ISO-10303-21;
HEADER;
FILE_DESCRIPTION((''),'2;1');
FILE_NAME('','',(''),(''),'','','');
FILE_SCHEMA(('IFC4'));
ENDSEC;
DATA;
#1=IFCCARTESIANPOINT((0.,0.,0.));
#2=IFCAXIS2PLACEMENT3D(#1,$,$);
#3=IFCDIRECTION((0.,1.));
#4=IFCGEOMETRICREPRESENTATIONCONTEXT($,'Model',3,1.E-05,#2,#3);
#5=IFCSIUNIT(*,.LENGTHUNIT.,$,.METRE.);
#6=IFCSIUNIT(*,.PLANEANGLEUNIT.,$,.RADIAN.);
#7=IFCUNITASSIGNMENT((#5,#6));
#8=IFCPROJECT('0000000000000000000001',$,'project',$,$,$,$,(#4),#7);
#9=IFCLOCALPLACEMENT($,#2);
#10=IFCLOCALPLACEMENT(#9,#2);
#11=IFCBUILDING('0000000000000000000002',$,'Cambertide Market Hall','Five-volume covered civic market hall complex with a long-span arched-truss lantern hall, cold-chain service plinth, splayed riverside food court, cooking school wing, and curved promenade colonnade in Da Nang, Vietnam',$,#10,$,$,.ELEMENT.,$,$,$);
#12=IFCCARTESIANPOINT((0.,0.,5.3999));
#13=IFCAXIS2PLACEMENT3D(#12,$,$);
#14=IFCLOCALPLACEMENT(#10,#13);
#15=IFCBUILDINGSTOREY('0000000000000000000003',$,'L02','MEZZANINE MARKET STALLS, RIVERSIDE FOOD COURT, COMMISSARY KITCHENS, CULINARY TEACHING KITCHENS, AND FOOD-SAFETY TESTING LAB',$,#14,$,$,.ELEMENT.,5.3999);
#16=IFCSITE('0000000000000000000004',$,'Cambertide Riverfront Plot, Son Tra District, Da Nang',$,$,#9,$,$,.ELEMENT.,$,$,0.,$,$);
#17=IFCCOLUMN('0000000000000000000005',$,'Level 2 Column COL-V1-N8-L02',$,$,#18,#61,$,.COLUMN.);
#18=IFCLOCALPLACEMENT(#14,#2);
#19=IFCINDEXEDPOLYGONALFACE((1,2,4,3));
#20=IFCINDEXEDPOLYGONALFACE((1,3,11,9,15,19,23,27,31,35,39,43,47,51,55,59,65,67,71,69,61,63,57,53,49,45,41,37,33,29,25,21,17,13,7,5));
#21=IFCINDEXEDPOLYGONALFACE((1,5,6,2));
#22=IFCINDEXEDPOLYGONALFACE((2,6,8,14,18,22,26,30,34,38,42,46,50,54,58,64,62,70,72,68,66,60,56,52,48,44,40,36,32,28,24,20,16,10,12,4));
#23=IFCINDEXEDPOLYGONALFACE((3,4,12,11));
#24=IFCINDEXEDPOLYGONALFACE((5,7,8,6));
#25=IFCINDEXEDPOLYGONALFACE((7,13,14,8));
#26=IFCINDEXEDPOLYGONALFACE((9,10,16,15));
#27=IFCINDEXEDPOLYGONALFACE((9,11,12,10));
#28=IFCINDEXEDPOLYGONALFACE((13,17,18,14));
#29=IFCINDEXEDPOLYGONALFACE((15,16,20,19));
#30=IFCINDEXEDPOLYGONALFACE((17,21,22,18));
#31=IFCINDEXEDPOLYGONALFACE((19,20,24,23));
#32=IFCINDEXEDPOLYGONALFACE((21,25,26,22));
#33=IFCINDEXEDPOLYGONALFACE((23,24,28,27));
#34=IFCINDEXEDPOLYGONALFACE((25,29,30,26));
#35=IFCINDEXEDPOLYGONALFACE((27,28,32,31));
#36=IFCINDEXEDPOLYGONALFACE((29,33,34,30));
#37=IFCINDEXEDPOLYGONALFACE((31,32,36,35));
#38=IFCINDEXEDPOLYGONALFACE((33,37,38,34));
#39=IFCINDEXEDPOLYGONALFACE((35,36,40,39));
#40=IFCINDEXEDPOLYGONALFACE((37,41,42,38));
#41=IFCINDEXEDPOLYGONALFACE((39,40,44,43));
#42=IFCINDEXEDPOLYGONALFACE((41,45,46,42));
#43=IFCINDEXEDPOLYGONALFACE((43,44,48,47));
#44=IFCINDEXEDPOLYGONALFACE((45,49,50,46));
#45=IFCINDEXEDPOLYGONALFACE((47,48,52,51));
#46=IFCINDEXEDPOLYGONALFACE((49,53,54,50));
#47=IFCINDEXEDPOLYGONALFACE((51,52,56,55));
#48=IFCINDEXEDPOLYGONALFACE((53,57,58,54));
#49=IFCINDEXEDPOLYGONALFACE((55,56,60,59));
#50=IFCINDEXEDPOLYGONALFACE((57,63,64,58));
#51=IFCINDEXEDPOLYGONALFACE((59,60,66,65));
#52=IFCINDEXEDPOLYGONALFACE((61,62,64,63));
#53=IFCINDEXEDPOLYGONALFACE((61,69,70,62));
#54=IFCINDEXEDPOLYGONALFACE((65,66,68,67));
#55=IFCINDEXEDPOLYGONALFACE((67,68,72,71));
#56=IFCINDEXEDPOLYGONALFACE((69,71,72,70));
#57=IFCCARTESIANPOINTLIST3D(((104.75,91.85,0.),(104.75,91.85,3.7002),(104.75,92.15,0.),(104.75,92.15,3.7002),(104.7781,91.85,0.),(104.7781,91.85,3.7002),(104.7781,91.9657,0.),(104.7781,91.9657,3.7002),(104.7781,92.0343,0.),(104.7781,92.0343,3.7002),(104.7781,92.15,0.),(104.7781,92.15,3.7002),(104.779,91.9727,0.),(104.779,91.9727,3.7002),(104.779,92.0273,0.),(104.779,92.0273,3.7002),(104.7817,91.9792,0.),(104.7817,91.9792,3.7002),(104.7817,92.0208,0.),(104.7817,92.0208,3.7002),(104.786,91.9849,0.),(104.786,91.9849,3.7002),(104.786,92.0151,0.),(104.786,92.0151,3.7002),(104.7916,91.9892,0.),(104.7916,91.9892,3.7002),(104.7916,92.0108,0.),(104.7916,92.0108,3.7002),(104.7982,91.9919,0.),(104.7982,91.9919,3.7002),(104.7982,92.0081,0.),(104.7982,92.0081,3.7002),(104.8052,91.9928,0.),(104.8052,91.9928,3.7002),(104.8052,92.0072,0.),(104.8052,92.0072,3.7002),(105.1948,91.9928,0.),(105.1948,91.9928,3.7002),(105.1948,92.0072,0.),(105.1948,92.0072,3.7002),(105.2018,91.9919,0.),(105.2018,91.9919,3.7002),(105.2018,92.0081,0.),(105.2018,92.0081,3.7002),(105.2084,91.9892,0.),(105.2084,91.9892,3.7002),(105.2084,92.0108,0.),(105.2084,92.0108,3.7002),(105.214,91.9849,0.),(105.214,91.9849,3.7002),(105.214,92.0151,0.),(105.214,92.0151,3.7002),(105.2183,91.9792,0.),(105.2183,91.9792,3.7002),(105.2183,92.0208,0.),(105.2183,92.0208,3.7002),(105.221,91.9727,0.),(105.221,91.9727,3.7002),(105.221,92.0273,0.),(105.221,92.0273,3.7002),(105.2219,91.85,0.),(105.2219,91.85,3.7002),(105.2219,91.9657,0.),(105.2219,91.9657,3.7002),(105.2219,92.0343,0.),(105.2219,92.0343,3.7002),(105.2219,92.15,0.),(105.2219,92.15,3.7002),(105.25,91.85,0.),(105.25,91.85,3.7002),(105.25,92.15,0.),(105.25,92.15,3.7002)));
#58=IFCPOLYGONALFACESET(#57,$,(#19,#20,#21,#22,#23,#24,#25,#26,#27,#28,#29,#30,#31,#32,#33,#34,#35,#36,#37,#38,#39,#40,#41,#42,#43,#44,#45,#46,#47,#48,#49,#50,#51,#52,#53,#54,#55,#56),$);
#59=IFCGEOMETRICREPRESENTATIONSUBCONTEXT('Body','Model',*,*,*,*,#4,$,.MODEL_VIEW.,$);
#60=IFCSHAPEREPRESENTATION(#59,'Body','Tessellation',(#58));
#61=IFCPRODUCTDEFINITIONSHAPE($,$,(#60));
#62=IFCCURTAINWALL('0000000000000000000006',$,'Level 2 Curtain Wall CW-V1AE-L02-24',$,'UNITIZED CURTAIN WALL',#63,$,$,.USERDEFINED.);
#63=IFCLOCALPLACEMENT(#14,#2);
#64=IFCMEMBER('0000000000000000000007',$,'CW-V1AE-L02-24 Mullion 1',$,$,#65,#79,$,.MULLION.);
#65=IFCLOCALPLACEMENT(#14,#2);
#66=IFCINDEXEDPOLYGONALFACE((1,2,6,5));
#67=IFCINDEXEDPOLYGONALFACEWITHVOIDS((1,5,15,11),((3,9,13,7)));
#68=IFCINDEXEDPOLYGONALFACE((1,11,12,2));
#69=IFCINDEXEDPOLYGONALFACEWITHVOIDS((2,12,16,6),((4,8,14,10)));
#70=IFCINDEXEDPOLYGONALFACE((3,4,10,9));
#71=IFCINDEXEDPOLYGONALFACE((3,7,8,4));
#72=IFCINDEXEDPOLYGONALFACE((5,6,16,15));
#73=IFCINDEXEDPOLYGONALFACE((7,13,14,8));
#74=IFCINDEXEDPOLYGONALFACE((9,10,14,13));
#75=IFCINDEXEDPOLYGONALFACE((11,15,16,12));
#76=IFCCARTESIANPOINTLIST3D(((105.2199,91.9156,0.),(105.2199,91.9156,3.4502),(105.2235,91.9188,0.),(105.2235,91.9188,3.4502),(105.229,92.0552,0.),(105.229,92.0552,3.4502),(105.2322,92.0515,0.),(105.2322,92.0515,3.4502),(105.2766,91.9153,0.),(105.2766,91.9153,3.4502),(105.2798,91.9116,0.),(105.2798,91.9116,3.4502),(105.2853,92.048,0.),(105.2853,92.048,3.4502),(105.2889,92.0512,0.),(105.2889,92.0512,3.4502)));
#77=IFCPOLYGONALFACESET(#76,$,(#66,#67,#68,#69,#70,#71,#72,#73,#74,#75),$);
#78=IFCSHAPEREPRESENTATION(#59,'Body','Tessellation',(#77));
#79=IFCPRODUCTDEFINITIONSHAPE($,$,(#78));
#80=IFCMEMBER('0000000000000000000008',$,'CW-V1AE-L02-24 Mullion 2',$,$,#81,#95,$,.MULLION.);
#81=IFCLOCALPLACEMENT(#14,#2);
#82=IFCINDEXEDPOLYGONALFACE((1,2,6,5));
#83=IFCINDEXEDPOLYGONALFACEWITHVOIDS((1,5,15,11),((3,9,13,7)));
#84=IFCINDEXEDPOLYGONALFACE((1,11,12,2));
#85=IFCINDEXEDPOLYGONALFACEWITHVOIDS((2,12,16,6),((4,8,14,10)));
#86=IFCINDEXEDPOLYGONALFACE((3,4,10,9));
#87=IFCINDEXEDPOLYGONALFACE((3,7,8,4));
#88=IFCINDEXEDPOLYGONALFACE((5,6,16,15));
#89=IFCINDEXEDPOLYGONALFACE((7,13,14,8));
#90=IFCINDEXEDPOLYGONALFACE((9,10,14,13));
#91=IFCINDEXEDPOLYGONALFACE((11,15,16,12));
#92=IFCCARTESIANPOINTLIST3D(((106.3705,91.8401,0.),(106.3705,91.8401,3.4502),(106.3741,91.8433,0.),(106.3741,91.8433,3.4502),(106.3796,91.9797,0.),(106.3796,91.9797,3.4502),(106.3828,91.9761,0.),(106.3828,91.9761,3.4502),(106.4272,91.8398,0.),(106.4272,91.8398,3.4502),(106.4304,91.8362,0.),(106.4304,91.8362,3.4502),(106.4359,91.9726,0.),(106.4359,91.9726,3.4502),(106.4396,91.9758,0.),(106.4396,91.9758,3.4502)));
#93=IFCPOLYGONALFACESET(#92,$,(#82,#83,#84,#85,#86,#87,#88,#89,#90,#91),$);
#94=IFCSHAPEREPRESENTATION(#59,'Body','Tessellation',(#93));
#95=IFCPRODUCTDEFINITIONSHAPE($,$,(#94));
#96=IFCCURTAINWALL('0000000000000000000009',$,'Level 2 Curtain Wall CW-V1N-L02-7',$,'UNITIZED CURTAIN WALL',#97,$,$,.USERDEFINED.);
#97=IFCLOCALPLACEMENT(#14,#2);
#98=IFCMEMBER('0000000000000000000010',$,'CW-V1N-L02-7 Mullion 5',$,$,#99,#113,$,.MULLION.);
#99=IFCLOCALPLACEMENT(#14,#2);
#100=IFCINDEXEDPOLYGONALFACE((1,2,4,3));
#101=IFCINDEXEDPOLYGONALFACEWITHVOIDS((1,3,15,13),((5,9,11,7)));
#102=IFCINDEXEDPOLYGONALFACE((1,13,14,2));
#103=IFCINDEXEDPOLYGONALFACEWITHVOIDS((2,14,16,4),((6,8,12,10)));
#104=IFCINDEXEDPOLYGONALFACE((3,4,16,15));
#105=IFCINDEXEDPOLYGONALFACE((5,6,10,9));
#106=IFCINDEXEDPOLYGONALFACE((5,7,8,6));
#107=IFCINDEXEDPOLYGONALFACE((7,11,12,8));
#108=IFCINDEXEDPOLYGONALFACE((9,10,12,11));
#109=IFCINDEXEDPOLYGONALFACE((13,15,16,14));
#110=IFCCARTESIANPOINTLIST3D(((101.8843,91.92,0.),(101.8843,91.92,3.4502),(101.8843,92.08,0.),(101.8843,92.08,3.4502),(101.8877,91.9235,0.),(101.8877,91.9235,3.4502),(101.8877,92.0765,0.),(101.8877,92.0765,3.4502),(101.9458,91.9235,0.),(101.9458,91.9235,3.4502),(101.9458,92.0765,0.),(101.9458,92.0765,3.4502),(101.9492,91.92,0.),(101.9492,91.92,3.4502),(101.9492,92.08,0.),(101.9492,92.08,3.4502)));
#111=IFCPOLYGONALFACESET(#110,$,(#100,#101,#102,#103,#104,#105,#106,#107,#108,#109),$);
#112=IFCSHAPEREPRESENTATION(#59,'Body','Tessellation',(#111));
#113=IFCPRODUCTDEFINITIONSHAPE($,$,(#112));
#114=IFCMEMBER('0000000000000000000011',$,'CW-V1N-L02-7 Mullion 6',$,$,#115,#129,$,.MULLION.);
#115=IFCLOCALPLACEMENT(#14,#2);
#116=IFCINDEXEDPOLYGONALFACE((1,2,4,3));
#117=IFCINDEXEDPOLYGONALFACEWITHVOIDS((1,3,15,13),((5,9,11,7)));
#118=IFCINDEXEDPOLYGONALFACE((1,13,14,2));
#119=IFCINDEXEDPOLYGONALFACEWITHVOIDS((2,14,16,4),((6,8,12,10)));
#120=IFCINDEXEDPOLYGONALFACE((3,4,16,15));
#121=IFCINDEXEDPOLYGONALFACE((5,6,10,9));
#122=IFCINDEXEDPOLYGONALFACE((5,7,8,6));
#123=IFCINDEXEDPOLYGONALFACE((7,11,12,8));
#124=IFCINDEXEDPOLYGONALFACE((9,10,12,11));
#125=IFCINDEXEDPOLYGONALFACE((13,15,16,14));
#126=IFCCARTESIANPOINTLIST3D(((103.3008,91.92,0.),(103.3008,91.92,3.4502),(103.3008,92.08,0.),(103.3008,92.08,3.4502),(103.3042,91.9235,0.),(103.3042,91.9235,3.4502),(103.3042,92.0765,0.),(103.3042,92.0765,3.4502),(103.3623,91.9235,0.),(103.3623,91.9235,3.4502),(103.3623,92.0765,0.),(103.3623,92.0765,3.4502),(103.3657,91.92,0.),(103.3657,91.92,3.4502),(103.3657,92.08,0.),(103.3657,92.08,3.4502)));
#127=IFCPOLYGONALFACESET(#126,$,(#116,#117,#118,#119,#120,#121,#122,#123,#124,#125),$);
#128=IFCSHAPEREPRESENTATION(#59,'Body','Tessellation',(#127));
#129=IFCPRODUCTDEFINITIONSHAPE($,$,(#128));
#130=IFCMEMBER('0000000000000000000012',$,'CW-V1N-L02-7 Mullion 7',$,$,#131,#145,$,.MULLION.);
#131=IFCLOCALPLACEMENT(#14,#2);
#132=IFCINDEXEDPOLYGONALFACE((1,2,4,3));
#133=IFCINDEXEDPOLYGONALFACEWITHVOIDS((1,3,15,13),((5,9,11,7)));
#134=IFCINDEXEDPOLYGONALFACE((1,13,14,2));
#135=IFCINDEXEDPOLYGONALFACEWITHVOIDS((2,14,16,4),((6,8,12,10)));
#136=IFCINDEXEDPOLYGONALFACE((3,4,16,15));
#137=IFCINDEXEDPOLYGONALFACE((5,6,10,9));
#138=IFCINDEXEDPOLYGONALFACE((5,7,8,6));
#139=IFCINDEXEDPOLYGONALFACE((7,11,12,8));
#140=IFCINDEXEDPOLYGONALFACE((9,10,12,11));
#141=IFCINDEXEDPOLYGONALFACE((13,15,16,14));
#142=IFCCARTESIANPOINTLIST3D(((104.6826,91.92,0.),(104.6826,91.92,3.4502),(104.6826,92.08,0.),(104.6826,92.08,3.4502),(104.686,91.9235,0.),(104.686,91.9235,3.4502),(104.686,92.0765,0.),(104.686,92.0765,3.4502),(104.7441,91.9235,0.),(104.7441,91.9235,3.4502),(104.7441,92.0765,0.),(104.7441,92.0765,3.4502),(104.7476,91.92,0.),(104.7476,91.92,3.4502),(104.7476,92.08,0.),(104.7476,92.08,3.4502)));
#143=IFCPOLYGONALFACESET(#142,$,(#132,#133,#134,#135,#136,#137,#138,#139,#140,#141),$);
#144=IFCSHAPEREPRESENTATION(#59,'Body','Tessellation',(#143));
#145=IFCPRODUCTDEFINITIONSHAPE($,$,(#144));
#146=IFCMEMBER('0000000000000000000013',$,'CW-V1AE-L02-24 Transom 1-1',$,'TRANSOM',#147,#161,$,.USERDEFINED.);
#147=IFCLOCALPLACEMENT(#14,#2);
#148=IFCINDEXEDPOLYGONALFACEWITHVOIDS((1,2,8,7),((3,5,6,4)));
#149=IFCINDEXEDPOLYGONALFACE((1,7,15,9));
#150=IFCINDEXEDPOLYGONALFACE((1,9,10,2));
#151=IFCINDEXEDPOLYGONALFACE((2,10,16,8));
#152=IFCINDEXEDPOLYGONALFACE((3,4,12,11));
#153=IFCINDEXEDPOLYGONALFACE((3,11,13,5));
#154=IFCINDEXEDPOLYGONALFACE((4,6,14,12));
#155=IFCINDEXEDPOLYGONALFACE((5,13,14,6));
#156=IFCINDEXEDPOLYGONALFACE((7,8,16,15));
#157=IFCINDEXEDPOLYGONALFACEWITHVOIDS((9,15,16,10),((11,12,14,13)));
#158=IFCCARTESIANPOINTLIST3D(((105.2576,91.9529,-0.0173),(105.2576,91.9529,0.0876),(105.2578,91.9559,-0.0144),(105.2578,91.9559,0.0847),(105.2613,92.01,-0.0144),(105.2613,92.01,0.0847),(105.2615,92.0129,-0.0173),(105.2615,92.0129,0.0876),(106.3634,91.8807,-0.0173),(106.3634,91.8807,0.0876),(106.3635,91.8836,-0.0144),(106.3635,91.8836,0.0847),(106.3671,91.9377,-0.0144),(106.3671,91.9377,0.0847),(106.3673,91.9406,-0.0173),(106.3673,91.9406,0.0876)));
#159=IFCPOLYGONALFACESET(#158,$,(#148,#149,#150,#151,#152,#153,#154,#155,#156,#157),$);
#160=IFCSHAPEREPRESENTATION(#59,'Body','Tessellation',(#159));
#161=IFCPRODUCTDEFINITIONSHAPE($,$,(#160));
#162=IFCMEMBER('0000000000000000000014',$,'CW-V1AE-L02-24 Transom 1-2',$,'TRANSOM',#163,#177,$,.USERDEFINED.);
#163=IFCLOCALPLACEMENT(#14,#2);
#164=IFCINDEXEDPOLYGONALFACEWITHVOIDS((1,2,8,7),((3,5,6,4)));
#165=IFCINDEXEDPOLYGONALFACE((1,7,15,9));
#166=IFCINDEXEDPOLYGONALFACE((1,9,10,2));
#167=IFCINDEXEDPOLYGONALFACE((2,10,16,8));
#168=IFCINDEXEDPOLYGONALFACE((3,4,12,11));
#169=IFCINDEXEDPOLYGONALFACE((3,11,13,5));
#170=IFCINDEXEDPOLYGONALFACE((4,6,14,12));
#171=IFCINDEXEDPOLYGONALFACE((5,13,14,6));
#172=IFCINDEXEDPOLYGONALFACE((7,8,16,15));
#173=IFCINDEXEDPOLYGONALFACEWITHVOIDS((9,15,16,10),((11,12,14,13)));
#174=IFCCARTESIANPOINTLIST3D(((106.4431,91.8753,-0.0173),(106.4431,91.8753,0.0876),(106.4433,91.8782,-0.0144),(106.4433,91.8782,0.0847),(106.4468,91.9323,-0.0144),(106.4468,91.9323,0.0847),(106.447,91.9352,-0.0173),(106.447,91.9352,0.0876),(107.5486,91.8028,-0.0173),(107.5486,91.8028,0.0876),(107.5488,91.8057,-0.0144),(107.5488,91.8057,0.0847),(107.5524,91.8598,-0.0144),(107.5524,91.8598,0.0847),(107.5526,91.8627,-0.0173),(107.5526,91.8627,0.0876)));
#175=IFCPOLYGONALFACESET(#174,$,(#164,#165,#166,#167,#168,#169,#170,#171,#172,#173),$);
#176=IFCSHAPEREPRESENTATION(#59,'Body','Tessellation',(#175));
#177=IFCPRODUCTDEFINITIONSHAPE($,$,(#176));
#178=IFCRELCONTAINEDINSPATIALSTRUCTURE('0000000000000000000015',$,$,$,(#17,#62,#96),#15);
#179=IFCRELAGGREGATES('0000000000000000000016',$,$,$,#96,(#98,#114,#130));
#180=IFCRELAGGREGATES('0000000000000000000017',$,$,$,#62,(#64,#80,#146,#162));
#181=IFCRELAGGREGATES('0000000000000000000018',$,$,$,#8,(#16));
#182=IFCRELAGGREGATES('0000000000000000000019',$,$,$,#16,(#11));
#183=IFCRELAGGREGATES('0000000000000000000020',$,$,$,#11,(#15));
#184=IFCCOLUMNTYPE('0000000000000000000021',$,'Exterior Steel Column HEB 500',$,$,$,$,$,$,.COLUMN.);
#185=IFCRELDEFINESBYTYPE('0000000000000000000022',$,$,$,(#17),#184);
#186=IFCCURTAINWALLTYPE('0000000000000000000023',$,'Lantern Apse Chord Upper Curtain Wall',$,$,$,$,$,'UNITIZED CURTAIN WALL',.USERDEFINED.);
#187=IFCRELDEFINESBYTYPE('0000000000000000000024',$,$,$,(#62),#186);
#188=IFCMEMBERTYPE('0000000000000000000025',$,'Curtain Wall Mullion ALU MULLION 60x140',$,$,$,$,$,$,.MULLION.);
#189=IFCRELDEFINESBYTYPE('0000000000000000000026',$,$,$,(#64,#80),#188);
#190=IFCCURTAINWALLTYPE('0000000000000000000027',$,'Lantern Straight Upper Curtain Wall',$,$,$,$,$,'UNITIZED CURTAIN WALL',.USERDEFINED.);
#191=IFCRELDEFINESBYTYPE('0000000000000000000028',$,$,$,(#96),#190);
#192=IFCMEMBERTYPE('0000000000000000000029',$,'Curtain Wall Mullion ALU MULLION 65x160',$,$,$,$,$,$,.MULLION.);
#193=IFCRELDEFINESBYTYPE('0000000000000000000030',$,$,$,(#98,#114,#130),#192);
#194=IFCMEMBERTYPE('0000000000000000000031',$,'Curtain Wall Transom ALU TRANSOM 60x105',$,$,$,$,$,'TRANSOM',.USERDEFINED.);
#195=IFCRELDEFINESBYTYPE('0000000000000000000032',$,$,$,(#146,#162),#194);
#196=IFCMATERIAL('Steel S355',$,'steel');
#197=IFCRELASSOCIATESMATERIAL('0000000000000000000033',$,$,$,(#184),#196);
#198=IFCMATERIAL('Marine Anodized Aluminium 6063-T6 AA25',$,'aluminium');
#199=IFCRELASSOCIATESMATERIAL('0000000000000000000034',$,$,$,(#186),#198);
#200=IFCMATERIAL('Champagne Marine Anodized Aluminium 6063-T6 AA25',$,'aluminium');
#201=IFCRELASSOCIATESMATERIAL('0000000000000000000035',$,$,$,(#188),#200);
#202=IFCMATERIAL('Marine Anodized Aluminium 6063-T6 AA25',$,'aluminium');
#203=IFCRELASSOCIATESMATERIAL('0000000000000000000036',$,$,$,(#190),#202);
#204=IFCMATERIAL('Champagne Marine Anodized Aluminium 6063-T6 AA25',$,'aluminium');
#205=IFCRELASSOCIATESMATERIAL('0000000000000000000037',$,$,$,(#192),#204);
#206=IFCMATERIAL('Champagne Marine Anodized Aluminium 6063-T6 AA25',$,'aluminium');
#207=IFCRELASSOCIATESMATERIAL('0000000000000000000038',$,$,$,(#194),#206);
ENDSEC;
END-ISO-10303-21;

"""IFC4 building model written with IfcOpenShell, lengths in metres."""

from ifc_helpers import new_model, si_unit, direction, frame, origin, origin_2d, place, context, subcontext, project, spatial, hollow_rectangle, i_section, extrude, material, material_profile, profile_set, type_object, element, aggregate, save


model = new_model("IFC4")

# Units and contexts
model_context = context("Model", 3, precision=1e-05, world=origin(), true_north=direction((0.0, 1.0)))
body_context = subcontext(model_context, "Body", "Model", "MODEL_VIEW")
ifc_project = project(units=[si_unit("LENGTHUNIT", "METRE"), si_unit("PLANEANGLEUNIT", "RADIAN")], contexts=[model_context])

# Site, building, storey
site_placement = place(None, origin())
site = spatial("IfcSite", under=ifc_project, at=site_placement, Name="Cambertide Riverfront Plot, Son Tra District, Da Nang", CompositionType="ELEMENT", RefElevation=0.0)
building_placement = place(site_placement, origin())
building = spatial("IfcBuilding", under=site, at=building_placement, Name="Cambertide Market Hall", Description="Five-volume covered civic market hall complex with a long-span arched-truss lantern hall, cold-chain service plinth, splayed riverside food court, cooking school wing, and curved promenade colonnade in Da Nang, Vietnam", CompositionType="ELEMENT")
storey_placement = place(building_placement, frame((0.0, 0.0, 5.3999)))
storey = spatial("IfcBuildingStorey", under=building, at=storey_placement, Name="L02", Description="MEZZANINE MARKET STALLS, RIVERSIDE FOOD COURT, COMMISSARY KITCHENS, CULINARY TEACHING KITCHENS, AND FOOD-SAFETY TESTING LAB", CompositionType="ELEMENT", Elevation=5.3999)

# Column
ifc_material_1 = material(Name="Steel S355", Category="steel")
ifc_material_profile_1 = material_profile(ifc_material_1, i_section(OverallWidth=0.3, OverallDepth=0.5, WebThickness=0.0144, FlangeThickness=0.0281, FilletRadius=0.0271, at=origin_2d()), Name="HEB 500")
ifc_profile_set_1 = profile_set([ifc_material_profile_1], Name="Steel S355")
column_type = type_object("IfcColumnType", Name="Exterior Steel Column HEB 500", PredefinedType="COLUMN", material=ifc_profile_set_1)
column_placement = place(storey_placement, frame((105.0, 92.0, 0.0), z_axis=(0.0, 0.0, 1.0), x_axis=(0.0, 1.0, 0.0)))
element("IfcColumn", 1, at=column_placement, inside=storey, type_object=column_type, Name="Level 2 Column COL-V1-N8-L02", PredefinedType="COLUMN", context=body_context, shape_type="SweptSolid", body=[
    extrude(i_section(OverallWidth=0.3, OverallDepth=0.5, WebThickness=0.0144, FlangeThickness=0.0281, FilletRadius=0.0271, at=origin_2d()), origin(), (0.0, 0.0, 1.0), 3.7002),
])

# Curtain walls, members
ifc_material_2 = material(Name="Marine Anodized Aluminium 6063-T6 AA25", Category="aluminium")
curtain_wall_type_1 = type_object("IfcCurtainWallType", Name="Lantern Apse Chord Upper Curtain Wall", ElementType="UNITIZED CURTAIN WALL", PredefinedType="USERDEFINED", material=ifc_material_2)
curtain_wall_1_placement = place(storey_placement, origin())
curtain_wall_1 = element("IfcCurtainWall", 2, at=curtain_wall_1_placement, inside=storey, type_object=curtain_wall_type_1, Name="Level 2 Curtain Wall CW-V1AE-L02-24", ObjectType="UNITIZED CURTAIN WALL", PredefinedType="USERDEFINED")
ifc_material_3 = material(Name="Champagne Marine Anodized Aluminium 6063-T6 AA25", Category="aluminium")
ifc_material_profile_2 = material_profile(ifc_material_3, hollow_rectangle(XDim=0.0601, YDim=0.1399, WallThickness=0.0034, at=origin_2d()), Name="ALU MULLION 60x140")
ifc_profile_set_2 = profile_set([ifc_material_profile_2], Name="Champagne Marine Anodized Aluminium 6063-T6 AA25")
member_type_1 = type_object("IfcMemberType", Name="Curtain Wall Mullion ALU MULLION 60x140", PredefinedType="MULLION", material=ifc_profile_set_2)
member_1_placement = place(storey_placement, frame((105.2544, 91.9834, 0.0), z_axis=(0.0, 0.0, 1.0), x_axis=(0.997859, -0.065403, 0.0)))
member_1 = element("IfcMember", 3, at=member_1_placement, type_object=member_type_1, Name="CW-V1AE-L02-24 Mullion 1", PredefinedType="MULLION", context=body_context, shape_type="SweptSolid", body=[
    extrude(hollow_rectangle(XDim=0.0601, YDim=0.1399, WallThickness=0.0034, at=origin_2d()), origin(), (0.0, 0.0, 1.0), 3.4502),
])
member_2_placement = place(storey_placement, frame((106.405, 91.908, 0.0), z_axis=(0.0, 0.0, 1.0), x_axis=(0.997859, -0.065403, 0.0)))
member_2 = element("IfcMember", 4, at=member_2_placement, type_object=member_type_1, Name="CW-V1AE-L02-24 Mullion 2", PredefinedType="MULLION", context=body_context, shape_type="SweptSolid", body=[
    extrude(hollow_rectangle(XDim=0.0601, YDim=0.1399, WallThickness=0.0034, at=origin_2d()), origin(), (0.0, 0.0, 1.0), 3.4502),
])
ifc_material_4 = material(Name="Marine Anodized Aluminium 6063-T6 AA25", Category="aluminium")
curtain_wall_type_2 = type_object("IfcCurtainWallType", Name="Lantern Straight Upper Curtain Wall", ElementType="UNITIZED CURTAIN WALL", PredefinedType="USERDEFINED", material=ifc_material_4)
curtain_wall_2_placement = place(storey_placement, origin())
curtain_wall_2 = element("IfcCurtainWall", 5, at=curtain_wall_2_placement, inside=storey, type_object=curtain_wall_type_2, Name="Level 2 Curtain Wall CW-V1N-L02-7", ObjectType="UNITIZED CURTAIN WALL", PredefinedType="USERDEFINED")
ifc_material_5 = material(Name="Champagne Marine Anodized Aluminium 6063-T6 AA25", Category="aluminium")
ifc_material_profile_3 = material_profile(ifc_material_5, hollow_rectangle(XDim=0.0649, YDim=0.1599, WallThickness=0.0034, at=origin_2d()), Name="ALU MULLION 65x160")
ifc_profile_set_3 = profile_set([ifc_material_profile_3], Name="Champagne Marine Anodized Aluminium 6063-T6 AA25")
member_type_2 = type_object("IfcMemberType", Name="Curtain Wall Mullion ALU MULLION 65x160", PredefinedType="MULLION", material=ifc_profile_set_3)
member_3_placement = place(storey_placement, frame((101.9167, 92.0, 0.0), z_axis=(0.0, 0.0, 1.0), x_axis=(1.0, 0.0, 0.0)))
member_3 = element("IfcMember", 6, at=member_3_placement, type_object=member_type_2, Name="CW-V1N-L02-7 Mullion 5", PredefinedType="MULLION", context=body_context, shape_type="SweptSolid", body=[
    extrude(hollow_rectangle(XDim=0.0649, YDim=0.1599, WallThickness=0.0034, at=origin_2d()), origin(), (0.0, 0.0, 1.0), 3.4502),
])
member_4_placement = place(storey_placement, frame((103.3333, 92.0, 0.0), z_axis=(0.0, 0.0, 1.0), x_axis=(1.0, 0.0, 0.0)))
member_4 = element("IfcMember", 7, at=member_4_placement, type_object=member_type_2, Name="CW-V1N-L02-7 Mullion 6", PredefinedType="MULLION", context=body_context, shape_type="SweptSolid", body=[
    extrude(hollow_rectangle(XDim=0.0649, YDim=0.1599, WallThickness=0.0034, at=origin_2d()), origin(), (0.0, 0.0, 1.0), 3.4502),
])
member_5_placement = place(storey_placement, frame((104.7151, 92.0, 0.0), z_axis=(0.0, 0.0, 1.0), x_axis=(1.0, 0.0, 0.0)))
member_5 = element("IfcMember", 8, at=member_5_placement, type_object=member_type_2, Name="CW-V1N-L02-7 Mullion 7", PredefinedType="MULLION", context=body_context, shape_type="SweptSolid", body=[
    extrude(hollow_rectangle(XDim=0.0649, YDim=0.1599, WallThickness=0.0034, at=origin_2d()), origin(), (0.0, 0.0, 1.0), 3.4502),
])

# Members
ifc_material_6 = material(Name="Champagne Marine Anodized Aluminium 6063-T6 AA25", Category="aluminium")
ifc_material_profile_4 = material_profile(ifc_material_6, hollow_rectangle(XDim=0.0601, YDim=0.105, WallThickness=0.0029, at=origin_2d()), Name="ALU TRANSOM 60x105")
ifc_profile_set_4 = profile_set([ifc_material_profile_4], Name="Champagne Marine Anodized Aluminium 6063-T6 AA25")
member_type_3 = type_object("IfcMemberType", Name="Curtain Wall Transom ALU TRANSOM 60x105", ElementType="TRANSOM", PredefinedType="USERDEFINED", material=ifc_profile_set_4)
member_6_placement = place(storey_placement, frame((105.2595, 91.9829, 0.0352), z_axis=(0.997871, -0.065217, 0.0), x_axis=(0.065217, 0.997871, 0.0)))
member_6 = element("IfcMember", 9, at=member_6_placement, type_object=member_type_3, Name="CW-V1AE-L02-24 Transom 1-1", ObjectType="TRANSOM", PredefinedType="USERDEFINED", context=body_context, shape_type="SweptSolid", body=[
    extrude(hollow_rectangle(XDim=0.0601, YDim=0.105, WallThickness=0.0029, at=origin_2d()), origin(), (0.0, 0.0, 1.0), 1.1082),
])
member_7_placement = place(storey_placement, frame((106.4451, 91.9053, 0.0352), z_axis=(0.997856, -0.065451, 0.0), x_axis=(0.065451, 0.997856, 0.0)))
member_7 = element("IfcMember", 10, at=member_7_placement, type_object=member_type_3, Name="CW-V1AE-L02-24 Transom 1-2", ObjectType="TRANSOM", PredefinedType="USERDEFINED", context=body_context, shape_type="SweptSolid", body=[
    extrude(hollow_rectangle(XDim=0.0601, YDim=0.105, WallThickness=0.0029, at=origin_2d()), origin(), (0.0, 0.0, 1.0), 1.1079),
])

aggregate(curtain_wall_2, [member_3, member_4, member_5])
aggregate(curtain_wall_1, [member_1, member_2, member_6, member_7])

save(model, "model.ifc")
